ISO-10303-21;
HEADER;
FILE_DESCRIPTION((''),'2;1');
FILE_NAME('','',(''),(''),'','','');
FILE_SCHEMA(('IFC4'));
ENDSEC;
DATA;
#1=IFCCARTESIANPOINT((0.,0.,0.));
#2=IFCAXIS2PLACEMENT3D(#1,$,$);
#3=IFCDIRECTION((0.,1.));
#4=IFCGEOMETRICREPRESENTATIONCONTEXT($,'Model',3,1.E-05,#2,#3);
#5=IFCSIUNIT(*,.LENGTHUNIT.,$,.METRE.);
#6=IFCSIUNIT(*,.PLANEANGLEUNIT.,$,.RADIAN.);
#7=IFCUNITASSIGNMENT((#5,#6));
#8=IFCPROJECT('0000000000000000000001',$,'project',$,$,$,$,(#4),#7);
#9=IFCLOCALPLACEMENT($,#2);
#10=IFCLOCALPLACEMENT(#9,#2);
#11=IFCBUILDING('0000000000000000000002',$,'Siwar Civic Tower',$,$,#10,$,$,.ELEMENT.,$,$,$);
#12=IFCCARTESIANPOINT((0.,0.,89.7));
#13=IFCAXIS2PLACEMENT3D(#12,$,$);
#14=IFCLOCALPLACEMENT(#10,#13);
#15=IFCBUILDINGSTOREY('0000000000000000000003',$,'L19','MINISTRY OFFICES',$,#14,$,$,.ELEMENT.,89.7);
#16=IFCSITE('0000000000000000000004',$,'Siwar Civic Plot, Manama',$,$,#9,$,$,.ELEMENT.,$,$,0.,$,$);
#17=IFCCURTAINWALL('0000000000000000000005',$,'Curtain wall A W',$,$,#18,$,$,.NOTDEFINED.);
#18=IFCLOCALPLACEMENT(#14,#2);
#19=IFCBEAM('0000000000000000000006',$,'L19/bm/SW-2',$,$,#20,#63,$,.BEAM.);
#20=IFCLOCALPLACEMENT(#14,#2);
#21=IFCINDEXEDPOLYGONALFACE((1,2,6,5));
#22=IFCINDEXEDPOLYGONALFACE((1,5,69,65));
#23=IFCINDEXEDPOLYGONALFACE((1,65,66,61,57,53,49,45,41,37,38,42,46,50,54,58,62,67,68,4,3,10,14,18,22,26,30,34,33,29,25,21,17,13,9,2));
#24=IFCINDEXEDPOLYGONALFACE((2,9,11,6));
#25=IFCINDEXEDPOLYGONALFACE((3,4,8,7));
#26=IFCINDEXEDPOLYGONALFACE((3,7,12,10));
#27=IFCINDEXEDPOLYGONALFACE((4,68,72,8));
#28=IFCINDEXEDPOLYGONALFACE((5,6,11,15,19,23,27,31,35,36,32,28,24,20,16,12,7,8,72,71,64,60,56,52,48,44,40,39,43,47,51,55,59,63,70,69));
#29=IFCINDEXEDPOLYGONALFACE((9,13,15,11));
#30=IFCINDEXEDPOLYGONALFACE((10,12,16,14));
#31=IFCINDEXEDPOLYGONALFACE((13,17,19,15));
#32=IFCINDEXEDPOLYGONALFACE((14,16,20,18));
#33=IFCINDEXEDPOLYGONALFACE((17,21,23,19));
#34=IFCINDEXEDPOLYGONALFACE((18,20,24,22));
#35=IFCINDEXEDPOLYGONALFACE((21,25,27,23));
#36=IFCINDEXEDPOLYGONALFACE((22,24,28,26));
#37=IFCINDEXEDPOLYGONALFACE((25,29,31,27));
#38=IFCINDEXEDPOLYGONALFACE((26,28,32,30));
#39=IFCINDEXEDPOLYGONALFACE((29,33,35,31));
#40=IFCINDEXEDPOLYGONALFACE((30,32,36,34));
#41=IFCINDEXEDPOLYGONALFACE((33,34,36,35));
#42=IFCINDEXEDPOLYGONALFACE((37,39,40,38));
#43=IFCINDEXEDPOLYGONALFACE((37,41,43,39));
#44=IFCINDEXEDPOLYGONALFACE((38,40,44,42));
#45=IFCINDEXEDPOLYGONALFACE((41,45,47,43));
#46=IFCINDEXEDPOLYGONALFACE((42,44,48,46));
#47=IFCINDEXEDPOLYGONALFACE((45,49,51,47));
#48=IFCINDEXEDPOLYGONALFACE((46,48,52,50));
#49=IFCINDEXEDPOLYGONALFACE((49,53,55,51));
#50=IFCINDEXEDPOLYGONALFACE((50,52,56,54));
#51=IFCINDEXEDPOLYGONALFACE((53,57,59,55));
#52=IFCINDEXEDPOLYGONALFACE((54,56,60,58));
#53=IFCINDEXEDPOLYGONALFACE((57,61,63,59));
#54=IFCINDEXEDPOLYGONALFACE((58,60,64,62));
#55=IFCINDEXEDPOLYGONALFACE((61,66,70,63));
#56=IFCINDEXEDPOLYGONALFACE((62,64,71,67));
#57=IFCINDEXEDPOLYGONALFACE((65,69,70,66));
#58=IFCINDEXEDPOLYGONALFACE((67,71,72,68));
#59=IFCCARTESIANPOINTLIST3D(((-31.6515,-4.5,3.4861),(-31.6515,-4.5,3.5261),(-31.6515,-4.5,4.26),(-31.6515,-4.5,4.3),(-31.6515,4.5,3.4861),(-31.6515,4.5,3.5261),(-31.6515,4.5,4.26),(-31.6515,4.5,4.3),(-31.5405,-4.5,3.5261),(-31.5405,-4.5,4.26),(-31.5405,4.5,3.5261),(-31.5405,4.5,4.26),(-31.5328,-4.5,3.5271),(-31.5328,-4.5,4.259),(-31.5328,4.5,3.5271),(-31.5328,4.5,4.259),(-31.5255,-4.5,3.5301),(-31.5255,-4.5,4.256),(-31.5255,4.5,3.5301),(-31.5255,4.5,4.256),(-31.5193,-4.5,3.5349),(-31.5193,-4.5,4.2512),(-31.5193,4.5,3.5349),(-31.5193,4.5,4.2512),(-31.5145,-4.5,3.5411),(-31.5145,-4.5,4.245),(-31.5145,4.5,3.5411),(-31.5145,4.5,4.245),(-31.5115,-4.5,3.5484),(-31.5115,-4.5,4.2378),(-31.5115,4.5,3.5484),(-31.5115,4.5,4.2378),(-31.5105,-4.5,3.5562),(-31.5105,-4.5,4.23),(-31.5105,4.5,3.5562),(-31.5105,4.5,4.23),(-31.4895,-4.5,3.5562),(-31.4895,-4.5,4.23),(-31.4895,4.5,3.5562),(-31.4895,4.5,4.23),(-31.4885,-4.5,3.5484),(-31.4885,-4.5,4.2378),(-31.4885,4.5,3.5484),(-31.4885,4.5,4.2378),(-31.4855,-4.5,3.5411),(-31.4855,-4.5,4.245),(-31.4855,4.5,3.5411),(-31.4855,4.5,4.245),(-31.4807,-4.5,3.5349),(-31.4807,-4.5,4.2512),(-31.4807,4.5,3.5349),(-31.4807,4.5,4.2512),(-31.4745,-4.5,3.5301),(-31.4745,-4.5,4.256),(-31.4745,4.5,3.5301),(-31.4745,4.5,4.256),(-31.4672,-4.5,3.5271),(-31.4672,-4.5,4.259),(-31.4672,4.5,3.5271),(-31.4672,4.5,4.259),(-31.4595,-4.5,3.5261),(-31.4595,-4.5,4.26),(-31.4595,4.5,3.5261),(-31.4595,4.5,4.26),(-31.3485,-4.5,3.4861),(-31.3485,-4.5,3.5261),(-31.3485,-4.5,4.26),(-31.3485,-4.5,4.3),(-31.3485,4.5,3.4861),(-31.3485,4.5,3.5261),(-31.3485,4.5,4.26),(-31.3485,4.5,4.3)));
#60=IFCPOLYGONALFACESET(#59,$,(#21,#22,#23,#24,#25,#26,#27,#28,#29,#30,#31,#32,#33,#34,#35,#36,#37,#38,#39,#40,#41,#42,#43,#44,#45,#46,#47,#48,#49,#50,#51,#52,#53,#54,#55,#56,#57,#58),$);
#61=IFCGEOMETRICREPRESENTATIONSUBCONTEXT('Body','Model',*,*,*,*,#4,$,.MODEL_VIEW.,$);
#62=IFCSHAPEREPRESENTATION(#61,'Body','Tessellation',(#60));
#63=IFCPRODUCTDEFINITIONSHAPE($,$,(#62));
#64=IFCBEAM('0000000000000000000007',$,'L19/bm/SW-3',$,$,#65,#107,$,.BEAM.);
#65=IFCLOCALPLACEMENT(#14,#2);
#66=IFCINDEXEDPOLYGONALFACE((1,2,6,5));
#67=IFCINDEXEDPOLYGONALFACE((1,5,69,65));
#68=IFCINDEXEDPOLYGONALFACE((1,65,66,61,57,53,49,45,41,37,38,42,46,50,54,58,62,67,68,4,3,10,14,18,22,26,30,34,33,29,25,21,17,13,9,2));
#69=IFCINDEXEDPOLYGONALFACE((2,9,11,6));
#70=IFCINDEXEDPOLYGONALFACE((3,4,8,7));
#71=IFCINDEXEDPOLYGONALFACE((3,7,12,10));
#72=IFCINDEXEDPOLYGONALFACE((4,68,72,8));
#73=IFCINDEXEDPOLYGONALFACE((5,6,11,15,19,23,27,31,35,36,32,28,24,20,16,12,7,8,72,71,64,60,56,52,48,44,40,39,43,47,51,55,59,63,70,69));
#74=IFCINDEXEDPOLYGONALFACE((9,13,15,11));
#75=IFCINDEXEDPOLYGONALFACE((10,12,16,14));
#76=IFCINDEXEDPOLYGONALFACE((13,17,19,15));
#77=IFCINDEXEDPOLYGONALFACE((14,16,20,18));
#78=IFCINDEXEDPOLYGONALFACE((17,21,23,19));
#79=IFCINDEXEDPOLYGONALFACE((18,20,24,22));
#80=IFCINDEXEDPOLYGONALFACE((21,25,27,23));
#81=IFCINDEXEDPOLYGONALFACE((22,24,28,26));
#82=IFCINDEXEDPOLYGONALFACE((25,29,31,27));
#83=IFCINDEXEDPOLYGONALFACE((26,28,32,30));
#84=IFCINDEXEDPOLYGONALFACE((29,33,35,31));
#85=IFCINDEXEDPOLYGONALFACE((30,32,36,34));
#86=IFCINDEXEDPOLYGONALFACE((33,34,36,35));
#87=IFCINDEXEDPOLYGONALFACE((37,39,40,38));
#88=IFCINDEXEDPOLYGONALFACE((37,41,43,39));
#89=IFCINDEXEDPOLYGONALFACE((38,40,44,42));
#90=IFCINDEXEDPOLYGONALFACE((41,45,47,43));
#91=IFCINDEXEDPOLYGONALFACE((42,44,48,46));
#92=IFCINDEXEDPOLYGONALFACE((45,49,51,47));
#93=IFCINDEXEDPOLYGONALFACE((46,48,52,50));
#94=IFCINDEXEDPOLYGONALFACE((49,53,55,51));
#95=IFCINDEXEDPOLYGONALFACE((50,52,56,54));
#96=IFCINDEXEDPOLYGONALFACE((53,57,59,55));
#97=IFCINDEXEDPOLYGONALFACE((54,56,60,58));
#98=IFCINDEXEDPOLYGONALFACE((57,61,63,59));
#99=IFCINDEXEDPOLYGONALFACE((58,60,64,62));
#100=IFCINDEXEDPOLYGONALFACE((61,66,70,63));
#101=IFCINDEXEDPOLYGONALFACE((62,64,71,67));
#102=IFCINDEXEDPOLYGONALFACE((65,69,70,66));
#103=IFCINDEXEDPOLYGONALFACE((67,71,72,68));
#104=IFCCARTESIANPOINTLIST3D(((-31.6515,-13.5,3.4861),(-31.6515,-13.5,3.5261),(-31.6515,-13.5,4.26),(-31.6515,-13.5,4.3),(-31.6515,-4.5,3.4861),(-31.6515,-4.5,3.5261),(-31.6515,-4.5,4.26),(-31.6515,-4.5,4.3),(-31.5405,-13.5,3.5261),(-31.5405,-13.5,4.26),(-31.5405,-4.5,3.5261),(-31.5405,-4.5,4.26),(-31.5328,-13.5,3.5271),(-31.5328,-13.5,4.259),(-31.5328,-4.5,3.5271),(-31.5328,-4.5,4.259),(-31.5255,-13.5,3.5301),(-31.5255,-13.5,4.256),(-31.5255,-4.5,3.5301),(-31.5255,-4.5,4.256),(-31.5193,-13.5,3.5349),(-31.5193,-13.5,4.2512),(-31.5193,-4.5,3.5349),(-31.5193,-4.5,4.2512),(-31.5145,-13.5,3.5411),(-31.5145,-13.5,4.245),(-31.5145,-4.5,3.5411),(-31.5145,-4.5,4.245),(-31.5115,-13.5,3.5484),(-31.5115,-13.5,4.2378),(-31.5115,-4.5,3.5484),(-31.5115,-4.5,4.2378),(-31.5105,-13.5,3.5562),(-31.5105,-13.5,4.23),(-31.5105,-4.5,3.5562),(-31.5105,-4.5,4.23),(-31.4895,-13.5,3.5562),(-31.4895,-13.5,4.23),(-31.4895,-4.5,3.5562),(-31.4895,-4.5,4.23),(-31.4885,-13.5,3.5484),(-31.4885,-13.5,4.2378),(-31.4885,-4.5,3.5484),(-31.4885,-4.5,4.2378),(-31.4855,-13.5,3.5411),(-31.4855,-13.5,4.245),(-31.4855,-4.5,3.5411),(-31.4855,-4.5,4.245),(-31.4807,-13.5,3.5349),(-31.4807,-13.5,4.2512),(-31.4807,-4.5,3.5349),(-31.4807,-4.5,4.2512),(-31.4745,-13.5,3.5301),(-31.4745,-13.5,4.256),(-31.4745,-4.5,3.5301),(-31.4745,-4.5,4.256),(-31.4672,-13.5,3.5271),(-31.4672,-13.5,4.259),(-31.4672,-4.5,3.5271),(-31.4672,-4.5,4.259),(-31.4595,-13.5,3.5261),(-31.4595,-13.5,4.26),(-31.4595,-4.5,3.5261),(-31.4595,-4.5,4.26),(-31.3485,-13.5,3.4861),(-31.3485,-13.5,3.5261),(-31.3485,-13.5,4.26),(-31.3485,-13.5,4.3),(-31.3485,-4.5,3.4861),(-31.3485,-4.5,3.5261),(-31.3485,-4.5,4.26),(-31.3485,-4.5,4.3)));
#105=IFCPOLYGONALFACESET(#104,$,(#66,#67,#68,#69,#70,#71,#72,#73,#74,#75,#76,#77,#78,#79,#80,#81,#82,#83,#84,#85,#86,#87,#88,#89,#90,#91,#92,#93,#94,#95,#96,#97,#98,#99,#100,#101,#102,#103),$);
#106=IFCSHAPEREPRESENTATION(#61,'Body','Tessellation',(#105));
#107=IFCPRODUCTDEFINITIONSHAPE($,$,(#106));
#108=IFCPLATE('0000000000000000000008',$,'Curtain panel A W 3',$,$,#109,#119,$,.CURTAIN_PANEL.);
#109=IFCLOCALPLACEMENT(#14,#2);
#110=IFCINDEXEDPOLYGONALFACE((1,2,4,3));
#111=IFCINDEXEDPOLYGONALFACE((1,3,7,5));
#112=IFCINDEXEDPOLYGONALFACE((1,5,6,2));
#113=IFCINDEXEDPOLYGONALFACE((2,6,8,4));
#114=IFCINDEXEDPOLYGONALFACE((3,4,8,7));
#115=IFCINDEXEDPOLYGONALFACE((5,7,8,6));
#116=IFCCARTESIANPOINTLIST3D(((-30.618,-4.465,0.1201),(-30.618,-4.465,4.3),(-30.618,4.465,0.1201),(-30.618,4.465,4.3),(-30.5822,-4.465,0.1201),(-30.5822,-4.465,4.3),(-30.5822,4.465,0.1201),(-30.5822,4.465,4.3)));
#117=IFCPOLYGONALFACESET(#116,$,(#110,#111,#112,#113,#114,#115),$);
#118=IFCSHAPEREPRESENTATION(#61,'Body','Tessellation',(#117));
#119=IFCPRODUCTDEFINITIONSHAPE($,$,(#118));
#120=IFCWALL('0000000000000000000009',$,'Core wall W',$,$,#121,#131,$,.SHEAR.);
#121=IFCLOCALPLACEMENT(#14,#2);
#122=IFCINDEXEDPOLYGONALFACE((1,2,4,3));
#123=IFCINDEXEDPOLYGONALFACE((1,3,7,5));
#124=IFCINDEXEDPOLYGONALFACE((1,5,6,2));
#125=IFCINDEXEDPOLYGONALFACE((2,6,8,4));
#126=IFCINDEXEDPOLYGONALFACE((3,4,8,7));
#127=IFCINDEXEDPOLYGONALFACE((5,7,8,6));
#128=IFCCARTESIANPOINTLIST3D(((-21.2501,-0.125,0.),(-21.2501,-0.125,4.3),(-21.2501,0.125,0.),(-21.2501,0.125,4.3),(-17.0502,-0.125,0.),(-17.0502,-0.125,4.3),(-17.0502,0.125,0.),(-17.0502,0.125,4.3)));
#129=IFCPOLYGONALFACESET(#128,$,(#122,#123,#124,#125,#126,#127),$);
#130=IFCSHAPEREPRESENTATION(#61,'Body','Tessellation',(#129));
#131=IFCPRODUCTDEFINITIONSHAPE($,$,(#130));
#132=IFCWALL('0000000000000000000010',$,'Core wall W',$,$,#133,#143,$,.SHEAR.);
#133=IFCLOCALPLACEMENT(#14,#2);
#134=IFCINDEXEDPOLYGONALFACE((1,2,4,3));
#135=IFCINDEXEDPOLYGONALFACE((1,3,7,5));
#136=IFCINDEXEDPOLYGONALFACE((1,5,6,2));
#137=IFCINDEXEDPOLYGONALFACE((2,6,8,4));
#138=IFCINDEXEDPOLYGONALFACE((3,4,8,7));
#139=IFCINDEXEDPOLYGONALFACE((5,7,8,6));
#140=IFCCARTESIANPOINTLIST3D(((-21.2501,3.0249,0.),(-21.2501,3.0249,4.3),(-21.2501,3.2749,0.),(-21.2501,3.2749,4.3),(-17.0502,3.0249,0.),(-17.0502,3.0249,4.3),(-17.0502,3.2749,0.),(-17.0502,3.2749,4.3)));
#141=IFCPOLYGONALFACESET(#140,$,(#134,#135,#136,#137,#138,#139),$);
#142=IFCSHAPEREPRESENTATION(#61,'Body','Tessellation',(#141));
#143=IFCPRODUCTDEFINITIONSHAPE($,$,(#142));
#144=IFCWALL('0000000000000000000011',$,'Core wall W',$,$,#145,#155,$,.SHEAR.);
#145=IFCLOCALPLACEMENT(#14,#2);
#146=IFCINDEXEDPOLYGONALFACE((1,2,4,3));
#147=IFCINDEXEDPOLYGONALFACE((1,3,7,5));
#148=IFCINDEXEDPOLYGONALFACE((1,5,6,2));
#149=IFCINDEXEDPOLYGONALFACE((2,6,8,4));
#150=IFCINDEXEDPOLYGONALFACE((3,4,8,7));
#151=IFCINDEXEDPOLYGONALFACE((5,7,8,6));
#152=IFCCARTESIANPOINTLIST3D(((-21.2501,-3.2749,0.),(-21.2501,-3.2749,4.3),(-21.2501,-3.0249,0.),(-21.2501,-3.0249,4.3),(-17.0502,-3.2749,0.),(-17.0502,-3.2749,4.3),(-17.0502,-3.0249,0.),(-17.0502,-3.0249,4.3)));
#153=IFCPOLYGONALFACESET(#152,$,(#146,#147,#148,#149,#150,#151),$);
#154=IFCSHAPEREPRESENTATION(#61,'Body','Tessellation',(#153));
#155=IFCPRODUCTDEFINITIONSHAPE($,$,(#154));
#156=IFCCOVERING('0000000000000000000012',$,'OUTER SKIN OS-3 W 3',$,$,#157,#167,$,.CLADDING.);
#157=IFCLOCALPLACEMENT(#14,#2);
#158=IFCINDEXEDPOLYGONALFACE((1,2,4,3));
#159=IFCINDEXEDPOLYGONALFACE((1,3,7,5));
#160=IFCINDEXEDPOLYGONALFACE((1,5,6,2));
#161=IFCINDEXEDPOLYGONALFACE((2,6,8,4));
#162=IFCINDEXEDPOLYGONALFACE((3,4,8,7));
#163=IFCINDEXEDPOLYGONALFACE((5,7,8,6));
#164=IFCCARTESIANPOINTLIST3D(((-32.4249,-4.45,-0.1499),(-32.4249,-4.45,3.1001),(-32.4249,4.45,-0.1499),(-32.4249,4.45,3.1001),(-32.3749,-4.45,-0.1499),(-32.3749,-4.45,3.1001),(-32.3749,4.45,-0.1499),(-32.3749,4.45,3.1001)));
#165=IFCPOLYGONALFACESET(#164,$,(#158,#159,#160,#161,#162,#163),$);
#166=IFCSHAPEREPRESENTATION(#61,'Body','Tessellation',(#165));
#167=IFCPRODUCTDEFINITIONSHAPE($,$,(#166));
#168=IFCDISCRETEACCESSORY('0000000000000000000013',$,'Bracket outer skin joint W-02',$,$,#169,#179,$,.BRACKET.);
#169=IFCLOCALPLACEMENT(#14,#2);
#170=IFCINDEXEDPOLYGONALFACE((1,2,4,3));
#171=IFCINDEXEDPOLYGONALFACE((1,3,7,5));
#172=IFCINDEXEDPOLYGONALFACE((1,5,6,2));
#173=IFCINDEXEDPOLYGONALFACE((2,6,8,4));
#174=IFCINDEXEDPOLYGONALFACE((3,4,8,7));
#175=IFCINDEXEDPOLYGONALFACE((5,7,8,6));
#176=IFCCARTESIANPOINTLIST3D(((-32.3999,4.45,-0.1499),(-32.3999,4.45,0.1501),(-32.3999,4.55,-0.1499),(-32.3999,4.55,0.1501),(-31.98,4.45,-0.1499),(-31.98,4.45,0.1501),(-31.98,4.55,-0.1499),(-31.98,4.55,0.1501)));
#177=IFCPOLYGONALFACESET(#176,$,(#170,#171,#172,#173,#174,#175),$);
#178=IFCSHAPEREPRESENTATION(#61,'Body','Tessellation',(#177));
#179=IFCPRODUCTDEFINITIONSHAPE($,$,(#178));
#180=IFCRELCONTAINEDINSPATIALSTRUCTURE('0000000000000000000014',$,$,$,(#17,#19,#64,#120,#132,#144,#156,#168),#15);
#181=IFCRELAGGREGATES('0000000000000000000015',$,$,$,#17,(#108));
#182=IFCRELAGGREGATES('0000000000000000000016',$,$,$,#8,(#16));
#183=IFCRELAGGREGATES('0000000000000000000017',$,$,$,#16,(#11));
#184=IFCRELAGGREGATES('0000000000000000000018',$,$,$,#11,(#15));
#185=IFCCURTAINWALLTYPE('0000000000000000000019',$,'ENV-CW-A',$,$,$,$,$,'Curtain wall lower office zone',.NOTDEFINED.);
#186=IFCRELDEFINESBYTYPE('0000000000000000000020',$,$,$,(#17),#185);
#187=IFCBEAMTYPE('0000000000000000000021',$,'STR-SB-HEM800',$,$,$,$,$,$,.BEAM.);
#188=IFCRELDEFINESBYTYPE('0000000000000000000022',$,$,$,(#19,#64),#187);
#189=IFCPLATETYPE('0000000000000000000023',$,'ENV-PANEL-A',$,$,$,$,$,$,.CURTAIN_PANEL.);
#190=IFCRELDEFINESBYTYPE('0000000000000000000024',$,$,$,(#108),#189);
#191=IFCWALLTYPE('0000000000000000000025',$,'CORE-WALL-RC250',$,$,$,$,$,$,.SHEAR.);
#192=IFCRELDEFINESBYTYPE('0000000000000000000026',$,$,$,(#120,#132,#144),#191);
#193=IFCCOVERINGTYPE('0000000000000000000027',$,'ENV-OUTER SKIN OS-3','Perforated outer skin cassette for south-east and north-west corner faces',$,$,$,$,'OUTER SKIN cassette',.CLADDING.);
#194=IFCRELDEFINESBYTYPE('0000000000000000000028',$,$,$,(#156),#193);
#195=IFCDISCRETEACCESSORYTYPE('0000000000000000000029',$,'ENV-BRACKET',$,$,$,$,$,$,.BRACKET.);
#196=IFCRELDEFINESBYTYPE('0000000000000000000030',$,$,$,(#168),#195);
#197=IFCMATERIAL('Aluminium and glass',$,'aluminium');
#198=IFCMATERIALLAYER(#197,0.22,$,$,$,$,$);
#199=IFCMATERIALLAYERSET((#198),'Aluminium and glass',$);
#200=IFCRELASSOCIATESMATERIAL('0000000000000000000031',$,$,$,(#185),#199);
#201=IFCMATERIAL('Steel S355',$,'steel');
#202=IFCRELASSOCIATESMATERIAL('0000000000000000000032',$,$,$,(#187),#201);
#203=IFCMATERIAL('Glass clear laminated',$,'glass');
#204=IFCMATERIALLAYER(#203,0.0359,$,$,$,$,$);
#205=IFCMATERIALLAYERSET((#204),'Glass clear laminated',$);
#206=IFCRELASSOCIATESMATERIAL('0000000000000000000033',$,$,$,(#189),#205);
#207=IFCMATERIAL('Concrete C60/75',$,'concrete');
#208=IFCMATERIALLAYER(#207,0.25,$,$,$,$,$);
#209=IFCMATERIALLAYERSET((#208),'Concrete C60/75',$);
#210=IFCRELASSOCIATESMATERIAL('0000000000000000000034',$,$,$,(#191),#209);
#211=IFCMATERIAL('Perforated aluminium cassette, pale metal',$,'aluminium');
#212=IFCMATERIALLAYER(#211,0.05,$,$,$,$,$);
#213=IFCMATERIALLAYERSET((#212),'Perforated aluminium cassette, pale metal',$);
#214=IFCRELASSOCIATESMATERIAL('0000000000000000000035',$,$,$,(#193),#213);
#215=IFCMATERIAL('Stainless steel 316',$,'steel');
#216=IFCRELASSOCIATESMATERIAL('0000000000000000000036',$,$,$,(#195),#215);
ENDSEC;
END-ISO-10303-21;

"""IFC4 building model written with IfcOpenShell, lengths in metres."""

from ifc_helpers import new_model, si_unit, direction, frame, frame_2d, origin, origin_2d, place, context, subcontext, project, spatial, rectangle, i_section, extrude, material, layer, layer_set, material_profile, profile_set, type_object, element, aggregate, save


model = new_model("IFC4")

# Units and contexts
model_context = context("Model", 3, precision=1e-05, world=origin(), true_north=direction((0.0, 1.0)))
body_context = subcontext(model_context, "Body", "Model", "MODEL_VIEW")
ifc_project = project(units=[si_unit("LENGTHUNIT", "METRE"), si_unit("PLANEANGLEUNIT", "RADIAN")], contexts=[model_context])

# Site, building, storey
site_placement = place(None, origin())
site = spatial("IfcSite", under=ifc_project, at=site_placement, Name="Siwar Civic Plot, Manama", CompositionType="ELEMENT", RefElevation=0.0)
building_placement = place(site_placement, origin())
building = spatial("IfcBuilding", under=site, at=building_placement, Name="Siwar Civic Tower", CompositionType="ELEMENT")
storey_placement = place(building_placement, frame((0.0, 0.0, 89.7)))
storey = spatial("IfcBuildingStorey", under=building, at=storey_placement, Name="L19", Description="MINISTRY OFFICES", CompositionType="ELEMENT", Elevation=89.7)

# Curtain wall
ifc_material_1 = material(Name="Aluminium and glass", Category="aluminium")
ifc_layer_1 = layer(ifc_material_1, 0.22)
ifc_layer_set_1 = layer_set([ifc_layer_1], Name="Aluminium and glass")
curtain_wall_type = type_object("IfcCurtainWallType", Name="ENV-CW-A", ElementType="Curtain wall lower office zone", PredefinedType="NOTDEFINED", material=ifc_layer_set_1)
curtain_wall_placement = place(storey_placement, origin())
curtain_wall = element("IfcCurtainWall", 1, at=curtain_wall_placement, inside=storey, type_object=curtain_wall_type, Name="Curtain wall A W", PredefinedType="NOTDEFINED")

# Beams
ifc_material_2 = material(Name="Steel S355", Category="steel")
ifc_material_profile_1 = material_profile(ifc_material_2, i_section(OverallWidth=0.303, OverallDepth=0.814, WebThickness=0.021, FlangeThickness=0.04, FilletRadius=0.03, at=origin_2d()), Name="HEM800")
ifc_profile_set_1 = profile_set([ifc_material_profile_1], Name="Steel S355")
beam_type_1 = type_object("IfcBeamType", Name="STR-SB-HEM800", PredefinedType="BEAM", material=ifc_profile_set_1)
for number, where, z_axis, x_axis, name in (
    (2, (-31.5, 4.5, 3.8931), (0.0, -1.0, 0.0), (1.0, 0.0, 0.0), "L19/bm/SW-2"),
    (3, (-31.5, -4.5, 3.8931), (0.0, -1.0, 0.0), (1.0, 0.0, 0.0), "L19/bm/SW-3"),
):
    element("IfcBeam", number, at=place(storey_placement, frame(where, z_axis=z_axis, x_axis=x_axis)), inside=storey, type_object=beam_type_1, Name=name, PredefinedType="BEAM", context=body_context, shape_type="SweptSolid", body=[
        extrude(i_section(OverallWidth=0.303, OverallDepth=0.814, WebThickness=0.021, FlangeThickness=0.04, FilletRadius=0.03, at=origin_2d()), origin(), (0.0, 0.0, 1.0), 9.0),
    ])

# Plate
ifc_material_3 = material(Name="Glass clear laminated", Category="glass")
ifc_layer_2 = layer(ifc_material_3, 0.0359)
ifc_layer_set_2 = layer_set([ifc_layer_2], Name="Glass clear laminated")
plate_type = type_object("IfcPlateType", Name="ENV-PANEL-A", PredefinedType="CURTAIN_PANEL", material=ifc_layer_set_2)
plate_placement = place(storey_placement, frame((-30.6001, 0.0, 0.1201), z_axis=(0.0, 0.0, 1.0), x_axis=(0.0, -1.0, 0.0)))
plate = element("IfcPlate", 4, at=plate_placement, type_object=plate_type, Name="Curtain panel A W 3", PredefinedType="CURTAIN_PANEL", context=body_context, shape_type="SweptSolid", body=[
    extrude(rectangle(XDim=8.9299, YDim=0.0359, at=origin_2d()), origin(), (0.0, 0.0, 1.0), 4.1799),
])
aggregate(curtain_wall, [plate])

# Walls
ifc_material_4 = material(Name="Concrete C60/75", Category="concrete")
ifc_layer_3 = layer(ifc_material_4, 0.25)
ifc_layer_set_3 = layer_set([ifc_layer_3], Name="Concrete C60/75")
wall_type = type_object("IfcWallType", Name="CORE-WALL-RC250", PredefinedType="SHEAR", material=ifc_layer_set_3)
for number, where, z_axis, x_axis, name in (
    (5, (-17.05, 0.0, 0.0), (0.0, 0.0, 1.0), (-1.0, 0.0, 0.0), "Core wall W"),
    (6, (-17.05, 3.1499, 0.0), (0.0, 0.0, 1.0), (-1.0, 0.0, 0.0), "Core wall W"),
    (7, (-17.05, -3.1499, 0.0), (0.0, 0.0, 1.0), (-1.0, 0.0, 0.0), "Core wall W"),
):
    element("IfcWall", number, at=place(storey_placement, frame(where, z_axis=z_axis, x_axis=x_axis)), inside=storey, type_object=wall_type, Name=name, PredefinedType="SHEAR", context=body_context, shape_type="SweptSolid", body=[
        extrude(rectangle(XDim=4.2, YDim=0.25, at=frame_2d((2.1001, 0.0))), origin(), (0.0, 0.0, 1.0), 4.3),
    ])

# Covering
ifc_material_5 = material(Name="Perforated aluminium cassette, pale metal", Category="aluminium")
ifc_layer_4 = layer(ifc_material_5, 0.05)
ifc_layer_set_4 = layer_set([ifc_layer_4], Name="Perforated aluminium cassette, pale metal")
covering_type = type_object("IfcCoveringType", Name="ENV-OUTER SKIN OS-3", Description="Perforated outer skin cassette for south-east and north-west corner faces", ElementType="OUTER SKIN cassette", PredefinedType="CLADDING", material=ifc_layer_set_4)
covering_placement = place(storey_placement, frame((-32.3999, 0.0, -0.1499), z_axis=(0.0, 0.0, 1.0), x_axis=(0.0, -1.0, 0.0)))
element("IfcCovering", 8, at=covering_placement, inside=storey, type_object=covering_type, Name="OUTER SKIN OS-3 W 3", PredefinedType="CLADDING", context=body_context, shape_type="SweptSolid", body=[
    extrude(rectangle(XDim=8.8999, YDim=0.05, at=origin_2d()), origin(), (0.0, 0.0, 1.0), 3.25),
])

# Discrete accessory
ifc_material_6 = material(Name="Stainless steel 316", Category="steel")
discrete_accessory_type = type_object("IfcDiscreteAccessoryType", Name="ENV-BRACKET", PredefinedType="BRACKET", material=ifc_material_6)
discrete_accessory_placement = place(storey_placement, frame((-32.1899, 4.5, -0.1499), z_axis=(0.0, 0.0, 1.0), x_axis=(-1.0, 0.0, 0.0)))
element("IfcDiscreteAccessory", 9, at=discrete_accessory_placement, inside=storey, type_object=discrete_accessory_type, Name="Bracket outer skin joint W-02", PredefinedType="BRACKET", context=body_context, shape_type="SweptSolid", body=[
    extrude(rectangle(XDim=0.4199, YDim=0.1001, at=origin_2d()), origin(), (0.0, 0.0, 1.0), 0.3),
])

save(model, "model.ifc")
